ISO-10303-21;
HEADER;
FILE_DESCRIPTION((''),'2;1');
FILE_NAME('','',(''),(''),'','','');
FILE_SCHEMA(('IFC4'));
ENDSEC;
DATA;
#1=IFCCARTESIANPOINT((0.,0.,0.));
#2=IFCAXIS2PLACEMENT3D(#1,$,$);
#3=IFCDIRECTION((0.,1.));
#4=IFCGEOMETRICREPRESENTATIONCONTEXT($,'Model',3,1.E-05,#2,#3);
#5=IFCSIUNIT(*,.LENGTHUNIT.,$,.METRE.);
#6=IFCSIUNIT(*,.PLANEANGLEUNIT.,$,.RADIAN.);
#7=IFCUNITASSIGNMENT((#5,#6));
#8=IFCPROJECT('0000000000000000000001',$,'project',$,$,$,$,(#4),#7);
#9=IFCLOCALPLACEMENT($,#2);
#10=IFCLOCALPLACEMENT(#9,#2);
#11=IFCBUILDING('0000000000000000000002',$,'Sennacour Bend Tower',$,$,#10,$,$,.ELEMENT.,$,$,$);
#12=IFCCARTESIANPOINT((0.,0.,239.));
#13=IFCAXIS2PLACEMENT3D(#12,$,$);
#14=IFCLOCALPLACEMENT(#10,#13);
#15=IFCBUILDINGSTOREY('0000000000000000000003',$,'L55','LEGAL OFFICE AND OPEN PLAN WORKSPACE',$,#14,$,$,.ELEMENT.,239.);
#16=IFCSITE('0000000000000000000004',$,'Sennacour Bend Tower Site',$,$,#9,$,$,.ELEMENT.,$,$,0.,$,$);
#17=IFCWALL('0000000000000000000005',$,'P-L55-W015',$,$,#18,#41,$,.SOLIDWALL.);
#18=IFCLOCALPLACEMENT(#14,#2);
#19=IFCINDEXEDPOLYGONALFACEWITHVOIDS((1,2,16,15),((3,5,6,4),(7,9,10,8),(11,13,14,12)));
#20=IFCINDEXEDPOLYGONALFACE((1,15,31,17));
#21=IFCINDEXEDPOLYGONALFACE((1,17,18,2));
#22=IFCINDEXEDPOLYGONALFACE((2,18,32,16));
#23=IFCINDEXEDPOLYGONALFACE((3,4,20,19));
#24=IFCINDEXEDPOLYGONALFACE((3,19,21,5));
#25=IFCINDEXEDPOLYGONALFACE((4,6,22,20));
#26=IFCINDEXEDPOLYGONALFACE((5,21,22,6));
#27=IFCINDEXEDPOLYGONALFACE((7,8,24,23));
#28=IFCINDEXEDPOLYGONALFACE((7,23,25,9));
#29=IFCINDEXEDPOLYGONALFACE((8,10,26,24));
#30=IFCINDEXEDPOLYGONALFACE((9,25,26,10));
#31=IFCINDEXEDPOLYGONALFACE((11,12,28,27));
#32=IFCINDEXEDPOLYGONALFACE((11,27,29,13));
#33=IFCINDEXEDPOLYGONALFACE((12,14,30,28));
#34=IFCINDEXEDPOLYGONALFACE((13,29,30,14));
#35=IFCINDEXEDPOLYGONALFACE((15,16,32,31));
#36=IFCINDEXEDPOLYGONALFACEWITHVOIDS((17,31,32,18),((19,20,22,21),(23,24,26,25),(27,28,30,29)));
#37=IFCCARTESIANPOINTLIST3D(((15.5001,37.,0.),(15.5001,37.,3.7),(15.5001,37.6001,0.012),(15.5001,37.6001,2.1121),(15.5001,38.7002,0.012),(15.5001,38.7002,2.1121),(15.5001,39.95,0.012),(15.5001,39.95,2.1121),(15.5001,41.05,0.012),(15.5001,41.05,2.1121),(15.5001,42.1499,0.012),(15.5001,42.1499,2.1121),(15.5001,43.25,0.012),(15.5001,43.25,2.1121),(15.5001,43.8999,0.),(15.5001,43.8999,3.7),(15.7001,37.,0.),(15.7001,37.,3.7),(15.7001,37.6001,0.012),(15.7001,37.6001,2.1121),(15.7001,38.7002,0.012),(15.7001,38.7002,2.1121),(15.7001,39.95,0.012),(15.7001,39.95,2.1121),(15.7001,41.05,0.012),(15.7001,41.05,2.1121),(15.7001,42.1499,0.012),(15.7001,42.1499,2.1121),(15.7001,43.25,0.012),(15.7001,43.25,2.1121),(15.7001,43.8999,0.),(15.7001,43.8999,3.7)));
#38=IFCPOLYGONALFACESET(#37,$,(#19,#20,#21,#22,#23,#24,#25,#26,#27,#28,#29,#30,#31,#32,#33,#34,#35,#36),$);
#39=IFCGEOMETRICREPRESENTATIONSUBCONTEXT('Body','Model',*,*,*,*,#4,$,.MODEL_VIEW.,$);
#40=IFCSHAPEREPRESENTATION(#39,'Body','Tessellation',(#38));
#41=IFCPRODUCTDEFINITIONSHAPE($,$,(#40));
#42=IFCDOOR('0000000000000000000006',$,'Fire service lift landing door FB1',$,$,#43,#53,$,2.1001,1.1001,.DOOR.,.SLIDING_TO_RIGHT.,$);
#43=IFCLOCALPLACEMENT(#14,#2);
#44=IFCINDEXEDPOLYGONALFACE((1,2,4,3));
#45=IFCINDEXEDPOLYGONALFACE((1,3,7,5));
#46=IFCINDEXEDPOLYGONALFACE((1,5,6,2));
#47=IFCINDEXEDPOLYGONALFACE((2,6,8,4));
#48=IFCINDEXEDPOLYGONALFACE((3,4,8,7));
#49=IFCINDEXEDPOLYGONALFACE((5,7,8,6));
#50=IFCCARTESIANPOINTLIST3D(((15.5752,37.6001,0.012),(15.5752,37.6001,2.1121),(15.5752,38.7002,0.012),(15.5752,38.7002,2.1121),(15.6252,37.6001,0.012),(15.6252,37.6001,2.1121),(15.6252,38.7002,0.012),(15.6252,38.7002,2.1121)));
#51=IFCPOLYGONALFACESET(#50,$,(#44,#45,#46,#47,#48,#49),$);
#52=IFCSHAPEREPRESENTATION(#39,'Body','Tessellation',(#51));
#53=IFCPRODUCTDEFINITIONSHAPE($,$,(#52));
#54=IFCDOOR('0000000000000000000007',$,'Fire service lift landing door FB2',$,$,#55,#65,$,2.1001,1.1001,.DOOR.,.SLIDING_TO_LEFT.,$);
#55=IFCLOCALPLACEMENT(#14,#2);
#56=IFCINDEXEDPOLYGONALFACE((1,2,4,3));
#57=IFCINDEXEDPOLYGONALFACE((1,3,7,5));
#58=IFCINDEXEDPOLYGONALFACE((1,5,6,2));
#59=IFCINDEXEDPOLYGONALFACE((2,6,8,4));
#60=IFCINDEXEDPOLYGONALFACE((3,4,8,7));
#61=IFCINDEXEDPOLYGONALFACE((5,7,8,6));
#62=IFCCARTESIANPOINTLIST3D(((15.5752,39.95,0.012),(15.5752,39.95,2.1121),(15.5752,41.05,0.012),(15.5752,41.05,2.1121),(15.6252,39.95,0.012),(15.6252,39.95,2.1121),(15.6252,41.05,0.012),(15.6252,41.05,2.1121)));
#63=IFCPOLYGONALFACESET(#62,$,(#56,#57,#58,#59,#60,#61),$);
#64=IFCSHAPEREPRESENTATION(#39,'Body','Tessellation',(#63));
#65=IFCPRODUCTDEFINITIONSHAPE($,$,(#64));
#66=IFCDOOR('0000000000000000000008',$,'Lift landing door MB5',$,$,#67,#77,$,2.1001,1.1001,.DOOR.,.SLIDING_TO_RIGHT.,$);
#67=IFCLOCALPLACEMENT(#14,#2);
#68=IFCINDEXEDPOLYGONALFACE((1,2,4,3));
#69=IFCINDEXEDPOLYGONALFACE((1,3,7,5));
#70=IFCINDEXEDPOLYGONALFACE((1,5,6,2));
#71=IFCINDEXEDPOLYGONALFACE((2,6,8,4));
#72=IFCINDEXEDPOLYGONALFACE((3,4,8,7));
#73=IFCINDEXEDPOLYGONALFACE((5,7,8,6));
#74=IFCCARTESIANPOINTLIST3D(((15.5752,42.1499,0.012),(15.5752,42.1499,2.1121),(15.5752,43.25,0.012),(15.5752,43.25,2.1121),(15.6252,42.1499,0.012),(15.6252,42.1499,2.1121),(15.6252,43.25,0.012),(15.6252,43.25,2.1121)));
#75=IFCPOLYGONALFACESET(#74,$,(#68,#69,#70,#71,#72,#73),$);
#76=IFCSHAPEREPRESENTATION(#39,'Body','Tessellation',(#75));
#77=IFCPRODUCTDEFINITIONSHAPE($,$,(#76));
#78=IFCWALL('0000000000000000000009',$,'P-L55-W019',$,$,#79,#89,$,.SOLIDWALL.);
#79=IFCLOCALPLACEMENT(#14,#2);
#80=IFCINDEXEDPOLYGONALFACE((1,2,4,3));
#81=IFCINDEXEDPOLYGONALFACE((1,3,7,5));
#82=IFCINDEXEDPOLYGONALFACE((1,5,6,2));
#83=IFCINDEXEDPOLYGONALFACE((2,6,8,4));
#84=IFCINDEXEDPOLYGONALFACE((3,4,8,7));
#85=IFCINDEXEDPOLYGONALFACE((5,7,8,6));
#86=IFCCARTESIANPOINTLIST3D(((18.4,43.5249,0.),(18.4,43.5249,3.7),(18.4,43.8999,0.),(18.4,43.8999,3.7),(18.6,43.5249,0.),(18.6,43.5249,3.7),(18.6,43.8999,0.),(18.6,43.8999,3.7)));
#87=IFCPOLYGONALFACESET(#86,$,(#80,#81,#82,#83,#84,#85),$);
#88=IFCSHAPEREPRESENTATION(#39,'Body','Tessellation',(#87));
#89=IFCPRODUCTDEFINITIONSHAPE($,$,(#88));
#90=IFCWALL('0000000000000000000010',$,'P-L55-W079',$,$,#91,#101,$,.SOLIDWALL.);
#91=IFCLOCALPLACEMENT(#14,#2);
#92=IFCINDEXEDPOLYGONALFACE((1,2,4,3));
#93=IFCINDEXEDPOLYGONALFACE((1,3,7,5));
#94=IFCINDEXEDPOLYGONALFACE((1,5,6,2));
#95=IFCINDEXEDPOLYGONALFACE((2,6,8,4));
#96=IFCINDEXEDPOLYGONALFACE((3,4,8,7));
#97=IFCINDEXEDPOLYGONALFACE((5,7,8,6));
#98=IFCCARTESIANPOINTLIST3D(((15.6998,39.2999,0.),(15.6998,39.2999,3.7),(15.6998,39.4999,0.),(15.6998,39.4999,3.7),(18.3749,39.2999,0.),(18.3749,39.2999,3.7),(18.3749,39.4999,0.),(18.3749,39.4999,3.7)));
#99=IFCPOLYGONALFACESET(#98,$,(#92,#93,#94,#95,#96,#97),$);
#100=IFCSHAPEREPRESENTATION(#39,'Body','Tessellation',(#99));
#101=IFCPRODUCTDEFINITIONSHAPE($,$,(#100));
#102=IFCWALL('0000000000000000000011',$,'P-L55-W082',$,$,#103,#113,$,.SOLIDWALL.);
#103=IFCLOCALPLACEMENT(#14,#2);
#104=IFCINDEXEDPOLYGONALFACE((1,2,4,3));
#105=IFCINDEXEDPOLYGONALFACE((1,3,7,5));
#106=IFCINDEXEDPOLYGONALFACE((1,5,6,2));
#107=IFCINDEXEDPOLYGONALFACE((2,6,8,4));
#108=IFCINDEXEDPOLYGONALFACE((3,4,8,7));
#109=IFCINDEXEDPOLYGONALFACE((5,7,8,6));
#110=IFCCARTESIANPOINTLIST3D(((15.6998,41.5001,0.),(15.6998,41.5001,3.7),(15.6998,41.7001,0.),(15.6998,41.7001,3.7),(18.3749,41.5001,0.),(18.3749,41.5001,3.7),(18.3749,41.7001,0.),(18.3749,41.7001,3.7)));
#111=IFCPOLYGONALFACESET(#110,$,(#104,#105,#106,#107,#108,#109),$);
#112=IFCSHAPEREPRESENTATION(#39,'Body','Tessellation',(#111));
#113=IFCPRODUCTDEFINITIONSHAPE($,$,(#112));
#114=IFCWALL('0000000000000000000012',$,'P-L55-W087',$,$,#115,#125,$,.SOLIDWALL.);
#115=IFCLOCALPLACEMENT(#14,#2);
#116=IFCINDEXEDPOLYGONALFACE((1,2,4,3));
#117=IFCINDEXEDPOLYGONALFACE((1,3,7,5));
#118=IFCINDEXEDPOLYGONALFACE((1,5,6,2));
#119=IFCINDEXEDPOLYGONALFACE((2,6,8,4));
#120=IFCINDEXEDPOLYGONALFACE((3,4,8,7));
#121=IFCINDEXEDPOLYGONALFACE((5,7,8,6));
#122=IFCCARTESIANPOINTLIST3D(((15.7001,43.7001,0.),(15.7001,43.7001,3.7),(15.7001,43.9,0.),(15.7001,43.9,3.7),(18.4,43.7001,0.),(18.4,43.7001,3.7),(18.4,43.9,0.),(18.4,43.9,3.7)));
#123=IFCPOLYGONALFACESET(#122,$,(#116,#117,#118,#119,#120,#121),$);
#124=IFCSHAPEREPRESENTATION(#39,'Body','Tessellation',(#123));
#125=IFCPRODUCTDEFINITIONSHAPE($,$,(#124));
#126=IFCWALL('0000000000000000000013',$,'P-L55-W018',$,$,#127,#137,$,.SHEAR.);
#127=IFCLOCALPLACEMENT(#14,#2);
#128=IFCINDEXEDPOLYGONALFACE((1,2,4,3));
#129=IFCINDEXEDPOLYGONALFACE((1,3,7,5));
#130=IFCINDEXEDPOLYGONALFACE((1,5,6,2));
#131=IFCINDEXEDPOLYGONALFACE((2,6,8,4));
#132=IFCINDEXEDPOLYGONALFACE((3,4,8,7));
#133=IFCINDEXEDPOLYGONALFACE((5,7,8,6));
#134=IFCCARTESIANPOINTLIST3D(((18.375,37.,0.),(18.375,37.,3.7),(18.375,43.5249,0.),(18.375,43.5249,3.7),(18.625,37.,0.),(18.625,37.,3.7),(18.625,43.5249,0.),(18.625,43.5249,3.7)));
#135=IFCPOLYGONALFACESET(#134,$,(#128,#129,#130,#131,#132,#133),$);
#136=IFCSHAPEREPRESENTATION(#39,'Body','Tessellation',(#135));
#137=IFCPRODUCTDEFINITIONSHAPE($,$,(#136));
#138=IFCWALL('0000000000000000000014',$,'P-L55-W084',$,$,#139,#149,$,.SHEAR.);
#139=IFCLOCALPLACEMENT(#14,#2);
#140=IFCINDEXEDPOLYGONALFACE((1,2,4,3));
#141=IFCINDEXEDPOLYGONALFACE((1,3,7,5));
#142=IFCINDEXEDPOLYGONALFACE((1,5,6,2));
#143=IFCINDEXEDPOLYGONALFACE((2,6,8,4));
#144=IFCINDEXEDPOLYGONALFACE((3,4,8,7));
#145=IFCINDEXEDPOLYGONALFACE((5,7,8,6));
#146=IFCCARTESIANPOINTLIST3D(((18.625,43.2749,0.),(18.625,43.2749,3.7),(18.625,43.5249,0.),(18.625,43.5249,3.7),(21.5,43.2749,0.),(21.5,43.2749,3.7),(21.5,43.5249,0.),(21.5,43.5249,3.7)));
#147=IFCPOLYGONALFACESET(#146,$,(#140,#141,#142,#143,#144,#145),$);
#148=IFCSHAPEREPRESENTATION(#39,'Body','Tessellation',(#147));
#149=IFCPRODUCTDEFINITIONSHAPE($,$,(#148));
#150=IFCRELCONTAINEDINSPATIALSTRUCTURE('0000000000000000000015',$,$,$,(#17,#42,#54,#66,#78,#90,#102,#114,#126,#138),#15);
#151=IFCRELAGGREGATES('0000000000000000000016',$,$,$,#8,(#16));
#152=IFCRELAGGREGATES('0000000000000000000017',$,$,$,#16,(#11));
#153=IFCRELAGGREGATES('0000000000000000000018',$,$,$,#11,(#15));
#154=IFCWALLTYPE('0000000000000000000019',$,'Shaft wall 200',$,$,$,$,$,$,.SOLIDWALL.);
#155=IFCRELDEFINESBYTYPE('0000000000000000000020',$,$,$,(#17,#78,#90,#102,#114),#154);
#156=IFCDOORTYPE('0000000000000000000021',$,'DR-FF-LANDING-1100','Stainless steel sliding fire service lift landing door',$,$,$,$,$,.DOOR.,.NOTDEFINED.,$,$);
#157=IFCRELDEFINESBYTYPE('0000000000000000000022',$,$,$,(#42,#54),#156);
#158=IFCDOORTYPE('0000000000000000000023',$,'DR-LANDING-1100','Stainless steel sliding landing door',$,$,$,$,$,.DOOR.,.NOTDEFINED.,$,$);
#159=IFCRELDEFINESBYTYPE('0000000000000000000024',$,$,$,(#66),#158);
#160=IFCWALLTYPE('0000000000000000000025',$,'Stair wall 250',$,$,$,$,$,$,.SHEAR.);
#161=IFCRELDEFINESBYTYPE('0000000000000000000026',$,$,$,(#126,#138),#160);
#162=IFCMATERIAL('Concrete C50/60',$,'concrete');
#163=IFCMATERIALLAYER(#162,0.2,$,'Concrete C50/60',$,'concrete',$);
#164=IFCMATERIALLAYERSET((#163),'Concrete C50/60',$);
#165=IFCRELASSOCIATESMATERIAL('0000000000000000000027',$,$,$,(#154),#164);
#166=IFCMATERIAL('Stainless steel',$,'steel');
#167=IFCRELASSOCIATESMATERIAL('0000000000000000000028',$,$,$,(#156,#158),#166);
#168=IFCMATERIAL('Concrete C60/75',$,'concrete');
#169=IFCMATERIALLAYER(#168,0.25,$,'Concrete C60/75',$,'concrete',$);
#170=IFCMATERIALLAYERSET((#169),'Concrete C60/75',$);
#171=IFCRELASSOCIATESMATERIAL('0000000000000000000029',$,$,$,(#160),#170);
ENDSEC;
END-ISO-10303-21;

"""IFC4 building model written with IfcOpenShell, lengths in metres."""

from ifc_helpers import new_model, si_unit, direction, frame, frame_2d, origin, place, context, subcontext, project, spatial, rectangle, extrude, material, layer, layer_set, type_object, element, fill, save


model = new_model("IFC4")

# Units and contexts
model_context = context("Model", 3, precision=1e-05, world=origin(), true_north=direction((0.0, 1.0)))
body_context = subcontext(model_context, "Body", "Model", "MODEL_VIEW")
ifc_project = project(units=[si_unit("LENGTHUNIT", "METRE"), si_unit("PLANEANGLEUNIT", "RADIAN")], contexts=[model_context])

# Site, building, storey
site_placement = place(None, origin())
site = spatial("IfcSite", under=ifc_project, at=site_placement, Name="Sennacour Bend Tower Site", CompositionType="ELEMENT", RefElevation=0.0)
building_placement = place(site_placement, origin())
building = spatial("IfcBuilding", under=site, at=building_placement, Name="Sennacour Bend Tower", CompositionType="ELEMENT")
storey_placement = place(building_placement, frame((0.0, 0.0, 239.0)))
storey = spatial("IfcBuildingStorey", under=building, at=storey_placement, Name="L55", Description="LEGAL OFFICE AND OPEN PLAN WORKSPACE", CompositionType="ELEMENT", Elevation=239.0)

# Shared definitions
ifc_material_1 = material(Name="Concrete C60/75", Category="concrete")

# Shared definitions
ifc_material_2 = material(Name="Concrete C50/60", Category="concrete")
ifc_layer_1 = layer(ifc_material_2, 0.2, Name="Concrete C50/60", Category="concrete")
ifc_layer_set_1 = layer_set([ifc_layer_1], Name="Concrete C50/60")
wall_type_1 = type_object("IfcWallType", Name="Shaft wall 200", PredefinedType="SOLIDWALL", material=ifc_layer_set_1)

# Wall, openings, doors
wall_1_placement = place(storey_placement, frame((15.6001, 37.0, 0.0), z_axis=(0.0, 0.0, 1.0), x_axis=(0.0, 1.0, 0.0)))
wall_1 = element("IfcWall", 1, at=wall_1_placement, inside=storey, type_object=wall_type_1, Name="P-L55-W015", PredefinedType="SOLIDWALL", context=body_context, shape_type="SweptSolid", body=[
    extrude(rectangle(XDim=6.8999, YDim=0.2, at=frame_2d((3.45, 0.0))), origin(), (0.0, 0.0, 1.0), 3.7),
])
opening_1_placement = place(wall_1_placement, frame((0.6001, 0.0, 0.012)))
opening_1 = element("IfcOpeningElement", 2, at=opening_1_placement, cuts=wall_1, PredefinedType="OPENING", context=body_context, shape_type="SweptSolid", body=[
    extrude(rectangle(XDim=1.1001, YDim=2.1001, at=frame_2d((0.55, 1.05))), frame((0.0, 0.1099, 0.0), z_axis=(0.0, -1.0, 0.0), x_axis=(1.0, 0.0, 0.0)), (0.0, 0.0, 1.0), 0.22),
])
opening_2_placement = place(wall_1_placement, frame((2.95, 0.0, 0.012)))
opening_2 = element("IfcOpeningElement", 3, at=opening_2_placement, cuts=wall_1, PredefinedType="OPENING", context=body_context, shape_type="SweptSolid", body=[
    extrude(rectangle(XDim=1.1001, YDim=2.1001, at=frame_2d((0.55, 1.05))), frame((0.0, 0.1099, 0.0), z_axis=(0.0, -1.0, 0.0), x_axis=(1.0, 0.0, 0.0)), (0.0, 0.0, 1.0), 0.22),
])
opening_3_placement = place(wall_1_placement, frame((5.1499, 0.0, 0.012)))
opening_3 = element("IfcOpeningElement", 4, at=opening_3_placement, cuts=wall_1, PredefinedType="OPENING", context=body_context, shape_type="SweptSolid", body=[
    extrude(rectangle(XDim=1.1001, YDim=2.1001, at=frame_2d((0.55, 1.05))), frame((0.0, 0.1099, 0.0), z_axis=(0.0, -1.0, 0.0), x_axis=(1.0, 0.0, 0.0)), (0.0, 0.0, 1.0), 0.22),
])
ifc_material_3 = material(Name="Stainless steel", Category="steel")
door_type_1 = type_object("IfcDoorType", Name="DR-FF-LANDING-1100", Description="Stainless steel sliding fire service lift landing door", OperationType="NOTDEFINED", PredefinedType="DOOR", material=ifc_material_3)
door_1_placement = place(opening_1_placement, origin())
door_1 = element("IfcDoor", 5, at=door_1_placement, inside=storey, type_object=door_type_1, Name="Fire service lift landing door FB1", OperationType="SLIDING_TO_RIGHT", OverallHeight=2.1001, OverallWidth=1.1001, PredefinedType="DOOR", context=body_context, shape_type="SweptSolid", body=[
    extrude(rectangle(XDim=1.1001, YDim=2.1001, at=frame_2d((0.55, 1.05))), frame((0.0, 0.0249, 0.0), z_axis=(0.0, -1.0, 0.0), x_axis=(1.0, 0.0, 0.0)), (0.0, 0.0, 1.0), 0.05),
])
fill(opening_1, door_1)
door_2_placement = place(opening_2_placement, origin())
door_2 = element("IfcDoor", 6, at=door_2_placement, inside=storey, type_object=door_type_1, Name="Fire service lift landing door FB2", OperationType="SLIDING_TO_LEFT", OverallHeight=2.1001, OverallWidth=1.1001, PredefinedType="DOOR", context=body_context, shape_type="SweptSolid", body=[
    extrude(rectangle(XDim=1.1001, YDim=2.1001, at=frame_2d((0.55, 1.05))), frame((0.0, 0.0249, 0.0), z_axis=(0.0, -1.0, 0.0), x_axis=(1.0, 0.0, 0.0)), (0.0, 0.0, 1.0), 0.05),
])
fill(opening_2, door_2)
door_type_2 = type_object("IfcDoorType", Name="DR-LANDING-1100", Description="Stainless steel sliding landing door", OperationType="NOTDEFINED", PredefinedType="DOOR", material=ifc_material_3)
door_3_placement = place(opening_3_placement, origin())
door_3 = element("IfcDoor", 7, at=door_3_placement, inside=storey, type_object=door_type_2, Name="Lift landing door MB5", OperationType="SLIDING_TO_RIGHT", OverallHeight=2.1001, OverallWidth=1.1001, PredefinedType="DOOR", context=body_context, shape_type="SweptSolid", body=[
    extrude(rectangle(XDim=1.1001, YDim=2.1001, at=frame_2d((0.55, 1.05))), frame((0.0, 0.0249, 0.0), z_axis=(0.0, -1.0, 0.0), x_axis=(1.0, 0.0, 0.0)), (0.0, 0.0, 1.0), 0.05),
])
fill(opening_3, door_3)

# Walls
wall_2_placement = place(storey_placement, frame((18.5, 43.5249, 0.0), z_axis=(0.0, 0.0, 1.0), x_axis=(0.0, 1.0, 0.0)))
element("IfcWall", 8, at=wall_2_placement, inside=storey, type_object=wall_type_1, Name="P-L55-W019", PredefinedType="SOLIDWALL", context=body_context, shape_type="SweptSolid", body=[
    extrude(rectangle(XDim=0.375, YDim=0.2, at=frame_2d((0.1875, 0.0))), origin(), (0.0, 0.0, 1.0), 3.7),
])
for number, where, z_axis, x_axis, name in (
    (9, (15.7, 39.3999, 0.0), (0.0, 0.0, 1.0), (1.0, 0.0, 0.0), "P-L55-W079"),
    (10, (15.7, 41.6001, 0.0), (0.0, 0.0, 1.0), (1.0, 0.0, 0.0), "P-L55-W082"),
):
    element("IfcWall", number, at=place(storey_placement, frame(where, z_axis=z_axis, x_axis=x_axis)), inside=storey, type_object=wall_type_1, Name=name, PredefinedType="SOLIDWALL", context=body_context, shape_type="SweptSolid", body=[
        extrude(rectangle(XDim=2.675, YDim=0.2, at=frame_2d((1.3374, 0.0))), origin(), (0.0, 0.0, 1.0), 3.7),
    ])
wall_3_placement = place(storey_placement, frame((15.7, 43.8, 0.0), z_axis=(0.0, 0.0, 1.0), x_axis=(1.0, 0.0, 0.0)))
element("IfcWall", 11, at=wall_3_placement, inside=storey, type_object=wall_type_1, Name="P-L55-W087", PredefinedType="SOLIDWALL", context=body_context, shape_type="SweptSolid", body=[
    extrude(rectangle(XDim=2.7, YDim=0.2, at=frame_2d((1.3501, 0.0))), origin(), (0.0, 0.0, 1.0), 3.7),
])
ifc_layer_2 = layer(ifc_material_1, 0.25, Name="Concrete C60/75", Category="concrete")
ifc_layer_set_2 = layer_set([ifc_layer_2], Name="Concrete C60/75")
wall_type_2 = type_object("IfcWallType", Name="Stair wall 250", PredefinedType="SHEAR", material=ifc_layer_set_2)
wall_4_placement = place(storey_placement, frame((18.5, 37.0, 0.0), z_axis=(0.0, 0.0, 1.0), x_axis=(0.0, 1.0, 0.0)))
element("IfcWall", 12, at=wall_4_placement, inside=storey, type_object=wall_type_2, Name="P-L55-W018", PredefinedType="SHEAR", context=body_context, shape_type="SweptSolid", body=[
    extrude(rectangle(XDim=6.5249, YDim=0.25, at=frame_2d((3.2625, 0.0))), origin(), (0.0, 0.0, 1.0), 3.7),
])
wall_5_placement = place(storey_placement, frame((18.625, 43.3999, 0.0), z_axis=(0.0, 0.0, 1.0), x_axis=(1.0, 0.0, 0.0)))
element("IfcWall", 13, at=wall_5_placement, inside=storey, type_object=wall_type_2, Name="P-L55-W084", PredefinedType="SHEAR", context=body_context, shape_type="SweptSolid", body=[
    extrude(rectangle(XDim=2.875, YDim=0.25, at=frame_2d((1.4375, 0.0))), origin(), (0.0, 0.0, 1.0), 3.7),
])

save(model, "model.ifc")
